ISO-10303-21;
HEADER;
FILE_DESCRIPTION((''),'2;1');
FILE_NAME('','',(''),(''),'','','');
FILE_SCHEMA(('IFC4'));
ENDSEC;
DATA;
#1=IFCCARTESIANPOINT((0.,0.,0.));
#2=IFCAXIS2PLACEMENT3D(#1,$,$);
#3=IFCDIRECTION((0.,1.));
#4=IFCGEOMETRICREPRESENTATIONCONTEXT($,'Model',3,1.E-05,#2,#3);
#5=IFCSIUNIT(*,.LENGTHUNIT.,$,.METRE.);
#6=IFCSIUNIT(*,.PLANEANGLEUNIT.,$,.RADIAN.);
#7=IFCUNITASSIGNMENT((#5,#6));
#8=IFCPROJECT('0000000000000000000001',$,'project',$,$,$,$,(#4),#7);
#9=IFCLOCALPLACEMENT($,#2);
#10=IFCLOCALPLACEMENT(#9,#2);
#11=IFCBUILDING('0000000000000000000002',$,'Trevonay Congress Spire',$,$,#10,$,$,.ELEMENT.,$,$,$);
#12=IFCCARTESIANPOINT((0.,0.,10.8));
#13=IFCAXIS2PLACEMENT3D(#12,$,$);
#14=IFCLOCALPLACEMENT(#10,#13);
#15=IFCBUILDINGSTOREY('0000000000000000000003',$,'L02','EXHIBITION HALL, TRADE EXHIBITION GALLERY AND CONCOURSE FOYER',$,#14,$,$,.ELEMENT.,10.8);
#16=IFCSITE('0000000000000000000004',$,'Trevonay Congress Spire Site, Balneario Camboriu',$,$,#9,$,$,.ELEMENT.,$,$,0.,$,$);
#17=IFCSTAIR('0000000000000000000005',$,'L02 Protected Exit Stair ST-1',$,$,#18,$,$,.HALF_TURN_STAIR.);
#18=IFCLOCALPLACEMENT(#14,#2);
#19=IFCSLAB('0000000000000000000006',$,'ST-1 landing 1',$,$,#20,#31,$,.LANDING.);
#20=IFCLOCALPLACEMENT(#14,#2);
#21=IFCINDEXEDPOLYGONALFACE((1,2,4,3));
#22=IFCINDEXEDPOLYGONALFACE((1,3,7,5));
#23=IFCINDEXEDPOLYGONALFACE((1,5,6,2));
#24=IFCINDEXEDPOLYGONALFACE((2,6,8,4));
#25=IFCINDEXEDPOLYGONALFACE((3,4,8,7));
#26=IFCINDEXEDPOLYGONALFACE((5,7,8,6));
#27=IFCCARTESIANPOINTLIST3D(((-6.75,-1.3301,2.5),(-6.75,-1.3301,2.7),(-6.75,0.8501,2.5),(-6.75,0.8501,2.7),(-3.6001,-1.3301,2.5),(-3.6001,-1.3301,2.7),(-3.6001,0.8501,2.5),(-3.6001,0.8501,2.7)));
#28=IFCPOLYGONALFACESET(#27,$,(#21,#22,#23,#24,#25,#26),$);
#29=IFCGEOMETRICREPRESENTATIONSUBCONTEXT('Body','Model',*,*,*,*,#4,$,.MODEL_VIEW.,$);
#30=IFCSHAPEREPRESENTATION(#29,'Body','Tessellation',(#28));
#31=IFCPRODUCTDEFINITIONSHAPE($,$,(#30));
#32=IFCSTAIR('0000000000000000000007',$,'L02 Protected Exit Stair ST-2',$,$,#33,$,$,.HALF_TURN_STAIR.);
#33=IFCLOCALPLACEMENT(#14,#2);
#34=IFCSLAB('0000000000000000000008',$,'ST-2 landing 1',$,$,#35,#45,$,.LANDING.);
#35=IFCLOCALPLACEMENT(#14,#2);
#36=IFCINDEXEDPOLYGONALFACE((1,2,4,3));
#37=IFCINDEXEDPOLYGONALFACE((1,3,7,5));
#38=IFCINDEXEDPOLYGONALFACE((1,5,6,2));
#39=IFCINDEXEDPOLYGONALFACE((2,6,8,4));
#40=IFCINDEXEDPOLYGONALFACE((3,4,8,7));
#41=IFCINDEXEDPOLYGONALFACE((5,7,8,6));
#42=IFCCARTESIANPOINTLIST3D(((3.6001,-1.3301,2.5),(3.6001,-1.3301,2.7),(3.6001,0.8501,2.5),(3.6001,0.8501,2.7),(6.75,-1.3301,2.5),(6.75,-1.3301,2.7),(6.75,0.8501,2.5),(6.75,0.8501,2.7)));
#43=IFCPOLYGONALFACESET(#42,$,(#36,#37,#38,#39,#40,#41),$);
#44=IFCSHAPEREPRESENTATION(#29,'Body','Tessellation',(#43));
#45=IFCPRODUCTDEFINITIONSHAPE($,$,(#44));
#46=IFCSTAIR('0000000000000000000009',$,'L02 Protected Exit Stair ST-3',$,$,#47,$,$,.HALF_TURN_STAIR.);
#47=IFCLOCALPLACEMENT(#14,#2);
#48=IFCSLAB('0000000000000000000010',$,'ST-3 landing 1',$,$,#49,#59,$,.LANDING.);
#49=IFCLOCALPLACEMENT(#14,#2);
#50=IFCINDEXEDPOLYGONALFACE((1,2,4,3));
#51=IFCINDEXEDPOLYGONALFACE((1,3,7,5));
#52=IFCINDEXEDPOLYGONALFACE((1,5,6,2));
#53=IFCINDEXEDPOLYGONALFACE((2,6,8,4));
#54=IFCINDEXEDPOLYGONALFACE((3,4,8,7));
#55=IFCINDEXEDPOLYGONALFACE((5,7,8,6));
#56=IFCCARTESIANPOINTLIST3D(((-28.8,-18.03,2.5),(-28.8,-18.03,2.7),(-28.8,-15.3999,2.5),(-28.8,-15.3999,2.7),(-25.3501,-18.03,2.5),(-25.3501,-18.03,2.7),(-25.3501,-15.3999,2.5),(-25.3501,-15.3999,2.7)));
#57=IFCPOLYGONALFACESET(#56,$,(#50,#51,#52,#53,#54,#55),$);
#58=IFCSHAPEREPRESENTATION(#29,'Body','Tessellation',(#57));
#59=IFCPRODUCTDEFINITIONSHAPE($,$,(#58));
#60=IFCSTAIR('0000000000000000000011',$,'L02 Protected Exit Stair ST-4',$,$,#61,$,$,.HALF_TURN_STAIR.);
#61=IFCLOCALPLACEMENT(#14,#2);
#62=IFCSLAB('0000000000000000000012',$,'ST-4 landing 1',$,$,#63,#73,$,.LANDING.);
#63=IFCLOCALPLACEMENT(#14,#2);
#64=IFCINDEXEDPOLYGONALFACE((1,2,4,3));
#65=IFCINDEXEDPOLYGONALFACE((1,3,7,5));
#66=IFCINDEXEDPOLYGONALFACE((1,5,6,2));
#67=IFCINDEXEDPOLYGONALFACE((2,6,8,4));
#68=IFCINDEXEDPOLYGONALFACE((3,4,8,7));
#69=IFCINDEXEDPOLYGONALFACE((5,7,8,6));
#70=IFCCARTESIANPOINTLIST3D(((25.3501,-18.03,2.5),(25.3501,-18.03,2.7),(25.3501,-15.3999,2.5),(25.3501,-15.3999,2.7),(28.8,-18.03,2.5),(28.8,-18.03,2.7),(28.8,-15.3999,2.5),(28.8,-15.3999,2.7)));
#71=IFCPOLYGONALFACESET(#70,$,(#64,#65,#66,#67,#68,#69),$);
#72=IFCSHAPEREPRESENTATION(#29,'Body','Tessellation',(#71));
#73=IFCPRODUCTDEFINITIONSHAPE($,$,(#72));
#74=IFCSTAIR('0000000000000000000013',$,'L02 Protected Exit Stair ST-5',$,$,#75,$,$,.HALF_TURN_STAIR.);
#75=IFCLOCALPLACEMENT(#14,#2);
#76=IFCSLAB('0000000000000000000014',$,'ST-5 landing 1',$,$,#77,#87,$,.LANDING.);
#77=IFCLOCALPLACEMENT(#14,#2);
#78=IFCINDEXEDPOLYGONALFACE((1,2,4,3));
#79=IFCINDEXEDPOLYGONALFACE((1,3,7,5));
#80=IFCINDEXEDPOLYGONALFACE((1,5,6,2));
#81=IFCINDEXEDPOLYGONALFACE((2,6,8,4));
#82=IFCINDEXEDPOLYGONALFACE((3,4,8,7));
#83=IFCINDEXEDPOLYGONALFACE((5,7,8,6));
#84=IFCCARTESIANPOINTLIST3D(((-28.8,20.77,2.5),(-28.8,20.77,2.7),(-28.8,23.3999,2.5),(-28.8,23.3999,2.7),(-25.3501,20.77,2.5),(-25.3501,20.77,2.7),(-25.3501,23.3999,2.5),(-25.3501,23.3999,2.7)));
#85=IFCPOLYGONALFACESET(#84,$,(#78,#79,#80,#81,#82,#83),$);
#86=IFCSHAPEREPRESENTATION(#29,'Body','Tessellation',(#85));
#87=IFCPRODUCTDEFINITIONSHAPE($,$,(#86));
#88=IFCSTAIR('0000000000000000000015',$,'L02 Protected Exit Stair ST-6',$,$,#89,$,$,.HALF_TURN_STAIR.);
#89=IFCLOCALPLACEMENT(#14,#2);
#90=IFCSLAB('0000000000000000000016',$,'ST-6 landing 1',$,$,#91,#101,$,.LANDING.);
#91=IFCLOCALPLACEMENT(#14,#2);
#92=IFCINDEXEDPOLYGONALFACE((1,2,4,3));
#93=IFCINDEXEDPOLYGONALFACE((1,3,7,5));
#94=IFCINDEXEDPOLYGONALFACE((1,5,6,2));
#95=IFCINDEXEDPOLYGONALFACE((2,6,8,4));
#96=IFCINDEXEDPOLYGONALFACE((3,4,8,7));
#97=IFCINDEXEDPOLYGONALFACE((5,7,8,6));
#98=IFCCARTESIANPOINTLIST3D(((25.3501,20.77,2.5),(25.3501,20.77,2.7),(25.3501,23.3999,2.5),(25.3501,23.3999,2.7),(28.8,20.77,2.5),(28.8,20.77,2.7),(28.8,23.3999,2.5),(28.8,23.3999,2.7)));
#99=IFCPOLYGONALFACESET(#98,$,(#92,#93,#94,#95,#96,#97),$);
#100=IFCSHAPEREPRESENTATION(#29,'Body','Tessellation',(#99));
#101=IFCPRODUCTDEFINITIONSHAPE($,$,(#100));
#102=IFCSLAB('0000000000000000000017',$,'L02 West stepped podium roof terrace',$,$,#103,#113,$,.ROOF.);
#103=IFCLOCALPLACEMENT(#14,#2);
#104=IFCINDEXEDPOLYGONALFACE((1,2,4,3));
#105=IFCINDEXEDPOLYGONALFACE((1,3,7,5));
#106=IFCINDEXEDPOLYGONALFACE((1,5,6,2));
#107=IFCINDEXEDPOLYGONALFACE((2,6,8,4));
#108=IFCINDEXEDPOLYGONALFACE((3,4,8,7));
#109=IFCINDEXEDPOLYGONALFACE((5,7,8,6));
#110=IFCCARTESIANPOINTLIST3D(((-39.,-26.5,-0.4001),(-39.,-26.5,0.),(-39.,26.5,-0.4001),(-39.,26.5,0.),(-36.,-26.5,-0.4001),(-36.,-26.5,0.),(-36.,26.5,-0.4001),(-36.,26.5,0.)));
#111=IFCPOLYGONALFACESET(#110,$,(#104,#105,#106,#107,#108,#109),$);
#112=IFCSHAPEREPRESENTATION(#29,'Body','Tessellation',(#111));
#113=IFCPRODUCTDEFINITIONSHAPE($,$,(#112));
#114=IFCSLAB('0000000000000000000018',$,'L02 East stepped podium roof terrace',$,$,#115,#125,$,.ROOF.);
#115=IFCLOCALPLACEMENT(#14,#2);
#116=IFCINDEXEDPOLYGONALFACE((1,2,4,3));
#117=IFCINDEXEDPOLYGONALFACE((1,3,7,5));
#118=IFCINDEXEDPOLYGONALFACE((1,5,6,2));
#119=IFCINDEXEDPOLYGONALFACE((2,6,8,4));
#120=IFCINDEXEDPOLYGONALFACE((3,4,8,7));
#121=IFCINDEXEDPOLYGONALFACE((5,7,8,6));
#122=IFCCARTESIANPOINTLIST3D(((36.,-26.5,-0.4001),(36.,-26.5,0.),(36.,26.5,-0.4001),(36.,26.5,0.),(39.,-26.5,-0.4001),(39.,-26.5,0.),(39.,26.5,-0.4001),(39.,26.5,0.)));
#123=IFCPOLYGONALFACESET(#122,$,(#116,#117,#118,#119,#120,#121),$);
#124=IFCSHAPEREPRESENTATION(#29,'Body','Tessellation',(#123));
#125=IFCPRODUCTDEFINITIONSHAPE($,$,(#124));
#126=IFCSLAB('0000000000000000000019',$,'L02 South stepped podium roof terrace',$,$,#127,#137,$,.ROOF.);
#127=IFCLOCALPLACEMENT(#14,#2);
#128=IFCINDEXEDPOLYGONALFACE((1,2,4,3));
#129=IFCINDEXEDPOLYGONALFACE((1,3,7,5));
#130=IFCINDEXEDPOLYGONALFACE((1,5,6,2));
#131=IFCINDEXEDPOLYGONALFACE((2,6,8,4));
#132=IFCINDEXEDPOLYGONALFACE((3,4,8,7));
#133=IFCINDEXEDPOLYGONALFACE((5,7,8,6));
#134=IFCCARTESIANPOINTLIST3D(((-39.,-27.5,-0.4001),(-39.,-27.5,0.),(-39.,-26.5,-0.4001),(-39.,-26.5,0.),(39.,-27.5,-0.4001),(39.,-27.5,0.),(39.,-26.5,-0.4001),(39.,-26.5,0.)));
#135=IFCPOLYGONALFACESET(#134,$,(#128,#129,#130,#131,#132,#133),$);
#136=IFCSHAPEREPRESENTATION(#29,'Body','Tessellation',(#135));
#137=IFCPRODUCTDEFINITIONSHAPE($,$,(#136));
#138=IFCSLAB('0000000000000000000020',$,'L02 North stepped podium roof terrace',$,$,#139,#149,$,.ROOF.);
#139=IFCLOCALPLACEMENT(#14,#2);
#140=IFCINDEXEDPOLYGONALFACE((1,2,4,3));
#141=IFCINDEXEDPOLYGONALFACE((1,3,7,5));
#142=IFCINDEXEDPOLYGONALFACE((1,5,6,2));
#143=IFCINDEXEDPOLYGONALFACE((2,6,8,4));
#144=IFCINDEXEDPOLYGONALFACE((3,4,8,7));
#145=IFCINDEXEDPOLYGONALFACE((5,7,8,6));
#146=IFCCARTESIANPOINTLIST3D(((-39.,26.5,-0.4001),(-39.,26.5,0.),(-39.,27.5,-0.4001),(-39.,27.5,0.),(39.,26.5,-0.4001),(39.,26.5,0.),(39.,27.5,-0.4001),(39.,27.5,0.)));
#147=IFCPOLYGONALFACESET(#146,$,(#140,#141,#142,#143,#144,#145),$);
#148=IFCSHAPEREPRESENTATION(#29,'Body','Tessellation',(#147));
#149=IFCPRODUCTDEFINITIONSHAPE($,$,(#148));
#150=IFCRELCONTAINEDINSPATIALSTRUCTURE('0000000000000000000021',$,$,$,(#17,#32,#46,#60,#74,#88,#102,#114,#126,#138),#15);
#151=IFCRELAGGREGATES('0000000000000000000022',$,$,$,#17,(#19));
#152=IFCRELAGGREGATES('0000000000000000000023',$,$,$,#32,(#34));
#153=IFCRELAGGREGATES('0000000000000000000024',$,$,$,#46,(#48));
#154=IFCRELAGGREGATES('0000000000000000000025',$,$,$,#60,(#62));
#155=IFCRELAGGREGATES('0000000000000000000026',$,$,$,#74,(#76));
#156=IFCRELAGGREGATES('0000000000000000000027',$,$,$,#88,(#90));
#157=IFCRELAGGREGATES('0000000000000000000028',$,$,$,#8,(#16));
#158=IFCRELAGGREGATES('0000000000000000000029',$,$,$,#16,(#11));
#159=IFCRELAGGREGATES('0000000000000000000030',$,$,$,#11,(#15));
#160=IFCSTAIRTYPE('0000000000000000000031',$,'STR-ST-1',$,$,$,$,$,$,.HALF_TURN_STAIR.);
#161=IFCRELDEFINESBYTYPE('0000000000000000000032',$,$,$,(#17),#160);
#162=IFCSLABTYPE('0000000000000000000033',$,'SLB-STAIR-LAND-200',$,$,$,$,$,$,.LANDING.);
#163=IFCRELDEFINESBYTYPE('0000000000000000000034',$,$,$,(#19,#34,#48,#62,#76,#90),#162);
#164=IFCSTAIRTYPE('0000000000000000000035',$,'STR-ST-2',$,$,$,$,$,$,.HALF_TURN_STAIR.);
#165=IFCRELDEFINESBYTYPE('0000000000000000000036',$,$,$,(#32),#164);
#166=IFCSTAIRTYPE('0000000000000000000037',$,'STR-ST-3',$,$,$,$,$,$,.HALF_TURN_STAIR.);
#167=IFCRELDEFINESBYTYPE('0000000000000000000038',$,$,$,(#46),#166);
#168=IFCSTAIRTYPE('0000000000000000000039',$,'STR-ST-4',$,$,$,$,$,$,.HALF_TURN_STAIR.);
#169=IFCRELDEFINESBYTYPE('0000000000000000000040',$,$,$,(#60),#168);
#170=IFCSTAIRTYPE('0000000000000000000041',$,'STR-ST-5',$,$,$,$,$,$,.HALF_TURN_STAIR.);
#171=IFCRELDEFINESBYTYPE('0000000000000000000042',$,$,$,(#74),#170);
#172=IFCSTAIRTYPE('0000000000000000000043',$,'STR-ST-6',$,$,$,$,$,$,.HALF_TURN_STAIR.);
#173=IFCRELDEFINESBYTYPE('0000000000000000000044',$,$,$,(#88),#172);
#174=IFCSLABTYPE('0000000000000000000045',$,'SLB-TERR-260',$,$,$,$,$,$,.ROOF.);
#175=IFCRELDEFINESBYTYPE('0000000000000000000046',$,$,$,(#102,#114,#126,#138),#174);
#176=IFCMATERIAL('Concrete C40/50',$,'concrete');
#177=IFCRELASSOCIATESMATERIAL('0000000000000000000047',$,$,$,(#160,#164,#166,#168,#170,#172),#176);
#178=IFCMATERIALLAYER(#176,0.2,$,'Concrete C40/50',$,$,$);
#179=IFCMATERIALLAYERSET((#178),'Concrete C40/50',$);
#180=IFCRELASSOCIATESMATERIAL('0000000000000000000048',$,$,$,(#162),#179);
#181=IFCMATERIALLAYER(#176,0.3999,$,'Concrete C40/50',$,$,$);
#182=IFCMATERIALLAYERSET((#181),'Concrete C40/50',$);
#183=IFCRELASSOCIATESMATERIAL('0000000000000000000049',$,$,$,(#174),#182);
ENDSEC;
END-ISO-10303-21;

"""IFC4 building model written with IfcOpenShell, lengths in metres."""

from ifc_helpers import new_model, si_unit, direction, frame, origin, place, context, subcontext, project, spatial, polyline, outline, extrude, material, layer, layer_set, type_object, element, aggregate, save


model = new_model("IFC4")

# Units and contexts
model_context = context("Model", 3, precision=1e-05, world=origin(), true_north=direction((0.0, 1.0)))
body_context = subcontext(model_context, "Body", "Model", "MODEL_VIEW")
ifc_project = project(units=[si_unit("LENGTHUNIT", "METRE"), si_unit("PLANEANGLEUNIT", "RADIAN")], contexts=[model_context])

# Site, building, storey
site_placement = place(None, origin())
site = spatial("IfcSite", under=ifc_project, at=site_placement, Name="Trevonay Congress Spire Site, Balneario Camboriu", CompositionType="ELEMENT", RefElevation=0.0)
building_placement = place(site_placement, origin())
building = spatial("IfcBuilding", under=site, at=building_placement, Name="Trevonay Congress Spire", CompositionType="ELEMENT")
storey_placement = place(building_placement, frame((0.0, 0.0, 10.8)))
storey = spatial("IfcBuildingStorey", under=building, at=storey_placement, Name="L02", Description="EXHIBITION HALL, TRADE EXHIBITION GALLERY AND CONCOURSE FOYER", CompositionType="ELEMENT", Elevation=10.8)

# Stairs, slabs
ifc_material_1 = material(Name="Concrete C40/50", Category="concrete")
stair_type_1 = type_object("IfcStairType", Name="STR-ST-1", PredefinedType="HALF_TURN_STAIR", material=ifc_material_1)
stair_1_placement = place(storey_placement, origin())
stair_1 = element("IfcStair", 1, at=stair_1_placement, inside=storey, type_object=stair_type_1, Name="L02 Protected Exit Stair ST-1", PredefinedType="HALF_TURN_STAIR")
ifc_layer_1 = layer(ifc_material_1, 0.2, Name="Concrete C40/50")
ifc_layer_set_1 = layer_set([ifc_layer_1], Name="Concrete C40/50")
slab_type_1 = type_object("IfcSlabType", Name="SLB-STAIR-LAND-200", PredefinedType="LANDING", material=ifc_layer_set_1)
slab_1_placement = place(storey_placement, frame((0.0, 0.0, 2.5)))
slab_1 = element("IfcSlab", 2, at=slab_1_placement, type_object=slab_type_1, Name="ST-1 landing 1", PredefinedType="LANDING", context=body_context, shape_type="SweptSolid", body=[
    extrude(outline(polyline([(-3.6001, -1.3301), (-3.6001, 0.8501), (-6.75, 0.8501), (-6.75, -1.3301), (-3.6001, -1.3301)])), origin(), (0.0, 0.0, 1.0), 0.2),
])
aggregate(stair_1, [slab_1])
stair_type_2 = type_object("IfcStairType", Name="STR-ST-2", PredefinedType="HALF_TURN_STAIR", material=ifc_material_1)
stair_2_placement = place(storey_placement, origin())
stair_2 = element("IfcStair", 3, at=stair_2_placement, inside=storey, type_object=stair_type_2, Name="L02 Protected Exit Stair ST-2", PredefinedType="HALF_TURN_STAIR")
slab_2_placement = place(storey_placement, frame((0.0, 0.0, 2.5)))
slab_2 = element("IfcSlab", 4, at=slab_2_placement, type_object=slab_type_1, Name="ST-2 landing 1", PredefinedType="LANDING", context=body_context, shape_type="SweptSolid", body=[
    extrude(outline(polyline([(6.75, -1.3301), (6.75, 0.8501), (3.6001, 0.8501), (3.6001, -1.3301), (6.75, -1.3301)])), origin(), (0.0, 0.0, 1.0), 0.2),
])
aggregate(stair_2, [slab_2])
stair_type_3 = type_object("IfcStairType", Name="STR-ST-3", PredefinedType="HALF_TURN_STAIR", material=ifc_material_1)
stair_3_placement = place(storey_placement, origin())
stair_3 = element("IfcStair", 5, at=stair_3_placement, inside=storey, type_object=stair_type_3, Name="L02 Protected Exit Stair ST-3", PredefinedType="HALF_TURN_STAIR")
slab_3_placement = place(storey_placement, frame((0.0, 0.0, 2.5)))
slab_3 = element("IfcSlab", 6, at=slab_3_placement, type_object=slab_type_1, Name="ST-3 landing 1", PredefinedType="LANDING", context=body_context, shape_type="SweptSolid", body=[
    extrude(outline(polyline([(-25.3501, -18.03), (-25.3501, -15.3999), (-28.8, -15.3999), (-28.8, -18.03), (-25.3501, -18.03)])), origin(), (0.0, 0.0, 1.0), 0.2),
])
aggregate(stair_3, [slab_3])
stair_type_4 = type_object("IfcStairType", Name="STR-ST-4", PredefinedType="HALF_TURN_STAIR", material=ifc_material_1)
stair_4_placement = place(storey_placement, origin())
stair_4 = element("IfcStair", 7, at=stair_4_placement, inside=storey, type_object=stair_type_4, Name="L02 Protected Exit Stair ST-4", PredefinedType="HALF_TURN_STAIR")
slab_4_placement = place(storey_placement, frame((0.0, 0.0, 2.5)))
slab_4 = element("IfcSlab", 8, at=slab_4_placement, type_object=slab_type_1, Name="ST-4 landing 1", PredefinedType="LANDING", context=body_context, shape_type="SweptSolid", body=[
    extrude(outline(polyline([(28.8, -18.03), (28.8, -15.3999), (25.3501, -15.3999), (25.3501, -18.03), (28.8, -18.03)])), origin(), (0.0, 0.0, 1.0), 0.2),
])
aggregate(stair_4, [slab_4])
stair_type_5 = type_object("IfcStairType", Name="STR-ST-5", PredefinedType="HALF_TURN_STAIR", material=ifc_material_1)
stair_5_placement = place(storey_placement, origin())
stair_5 = element("IfcStair", 9, at=stair_5_placement, inside=storey, type_object=stair_type_5, Name="L02 Protected Exit Stair ST-5", PredefinedType="HALF_TURN_STAIR")
slab_5_placement = place(storey_placement, frame((0.0, 0.0, 2.5)))
slab_5 = element("IfcSlab", 10, at=slab_5_placement, type_object=slab_type_1, Name="ST-5 landing 1", PredefinedType="LANDING", context=body_context, shape_type="SweptSolid", body=[
    extrude(outline(polyline([(-25.3501, 20.77), (-25.3501, 23.3999), (-28.8, 23.3999), (-28.8, 20.77), (-25.3501, 20.77)])), origin(), (0.0, 0.0, 1.0), 0.2),
])
aggregate(stair_5, [slab_5])
stair_type_6 = type_object("IfcStairType", Name="STR-ST-6", PredefinedType="HALF_TURN_STAIR", material=ifc_material_1)
stair_6_placement = place(storey_placement, origin())
stair_6 = element("IfcStair", 11, at=stair_6_placement, inside=storey, type_object=stair_type_6, Name="L02 Protected Exit Stair ST-6", PredefinedType="HALF_TURN_STAIR")
slab_6_placement = place(storey_placement, frame((0.0, 0.0, 2.5)))
slab_6 = element("IfcSlab", 12, at=slab_6_placement, type_object=slab_type_1, Name="ST-6 landing 1", PredefinedType="LANDING", context=body_context, shape_type="SweptSolid", body=[
    extrude(outline(polyline([(28.8, 20.77), (28.8, 23.3999), (25.3501, 23.3999), (25.3501, 20.77), (28.8, 20.77)])), origin(), (0.0, 0.0, 1.0), 0.2),
])
aggregate(stair_6, [slab_6])

# Slabs
ifc_layer_2 = layer(ifc_material_1, 0.3999, Name="Concrete C40/50")
ifc_layer_set_2 = layer_set([ifc_layer_2], Name="Concrete C40/50")
slab_type_2 = type_object("IfcSlabType", Name="SLB-TERR-260", PredefinedType="ROOF", material=ifc_layer_set_2)
slab_7_placement = place(storey_placement, frame((0.0, 0.0, -0.4001)))
element("IfcSlab", 13, at=slab_7_placement, inside=storey, type_object=slab_type_2, Name="L02 West stepped podium roof terrace", PredefinedType="ROOF", context=body_context, shape_type="SweptSolid", body=[
    extrude(outline(polyline([(-39.0, -26.5), (-36.0, -26.5), (-36.0, 26.5), (-39.0, 26.5), (-39.0, -26.5)])), origin(), (0.0, 0.0, 1.0), 0.4001),
])
slab_8_placement = place(storey_placement, frame((0.0, 0.0, -0.4001)))
element("IfcSlab", 14, at=slab_8_placement, inside=storey, type_object=slab_type_2, Name="L02 East stepped podium roof terrace", PredefinedType="ROOF", context=body_context, shape_type="SweptSolid", body=[
    extrude(outline(polyline([(36.0, -26.5), (39.0, -26.5), (39.0, 26.5), (36.0, 26.5), (36.0, -26.5)])), origin(), (0.0, 0.0, 1.0), 0.4001),
])
slab_9_placement = place(storey_placement, frame((0.0, 0.0, -0.4001)))
element("IfcSlab", 15, at=slab_9_placement, inside=storey, type_object=slab_type_2, Name="L02 South stepped podium roof terrace", PredefinedType="ROOF", context=body_context, shape_type="SweptSolid", body=[
    extrude(outline(polyline([(-39.0, -27.5), (39.0, -27.5), (39.0, -26.5), (-39.0, -26.5), (-39.0, -27.5)])), origin(), (0.0, 0.0, 1.0), 0.4001),
])
slab_10_placement = place(storey_placement, frame((0.0, 0.0, -0.4001)))
element("IfcSlab", 16, at=slab_10_placement, inside=storey, type_object=slab_type_2, Name="L02 North stepped podium roof terrace", PredefinedType="ROOF", context=body_context, shape_type="SweptSolid", body=[
    extrude(outline(polyline([(-39.0, 26.5), (39.0, 26.5), (39.0, 27.5), (-39.0, 27.5), (-39.0, 26.5)])), origin(), (0.0, 0.0, 1.0), 0.4001),
])

save(model, "model.ifc")
